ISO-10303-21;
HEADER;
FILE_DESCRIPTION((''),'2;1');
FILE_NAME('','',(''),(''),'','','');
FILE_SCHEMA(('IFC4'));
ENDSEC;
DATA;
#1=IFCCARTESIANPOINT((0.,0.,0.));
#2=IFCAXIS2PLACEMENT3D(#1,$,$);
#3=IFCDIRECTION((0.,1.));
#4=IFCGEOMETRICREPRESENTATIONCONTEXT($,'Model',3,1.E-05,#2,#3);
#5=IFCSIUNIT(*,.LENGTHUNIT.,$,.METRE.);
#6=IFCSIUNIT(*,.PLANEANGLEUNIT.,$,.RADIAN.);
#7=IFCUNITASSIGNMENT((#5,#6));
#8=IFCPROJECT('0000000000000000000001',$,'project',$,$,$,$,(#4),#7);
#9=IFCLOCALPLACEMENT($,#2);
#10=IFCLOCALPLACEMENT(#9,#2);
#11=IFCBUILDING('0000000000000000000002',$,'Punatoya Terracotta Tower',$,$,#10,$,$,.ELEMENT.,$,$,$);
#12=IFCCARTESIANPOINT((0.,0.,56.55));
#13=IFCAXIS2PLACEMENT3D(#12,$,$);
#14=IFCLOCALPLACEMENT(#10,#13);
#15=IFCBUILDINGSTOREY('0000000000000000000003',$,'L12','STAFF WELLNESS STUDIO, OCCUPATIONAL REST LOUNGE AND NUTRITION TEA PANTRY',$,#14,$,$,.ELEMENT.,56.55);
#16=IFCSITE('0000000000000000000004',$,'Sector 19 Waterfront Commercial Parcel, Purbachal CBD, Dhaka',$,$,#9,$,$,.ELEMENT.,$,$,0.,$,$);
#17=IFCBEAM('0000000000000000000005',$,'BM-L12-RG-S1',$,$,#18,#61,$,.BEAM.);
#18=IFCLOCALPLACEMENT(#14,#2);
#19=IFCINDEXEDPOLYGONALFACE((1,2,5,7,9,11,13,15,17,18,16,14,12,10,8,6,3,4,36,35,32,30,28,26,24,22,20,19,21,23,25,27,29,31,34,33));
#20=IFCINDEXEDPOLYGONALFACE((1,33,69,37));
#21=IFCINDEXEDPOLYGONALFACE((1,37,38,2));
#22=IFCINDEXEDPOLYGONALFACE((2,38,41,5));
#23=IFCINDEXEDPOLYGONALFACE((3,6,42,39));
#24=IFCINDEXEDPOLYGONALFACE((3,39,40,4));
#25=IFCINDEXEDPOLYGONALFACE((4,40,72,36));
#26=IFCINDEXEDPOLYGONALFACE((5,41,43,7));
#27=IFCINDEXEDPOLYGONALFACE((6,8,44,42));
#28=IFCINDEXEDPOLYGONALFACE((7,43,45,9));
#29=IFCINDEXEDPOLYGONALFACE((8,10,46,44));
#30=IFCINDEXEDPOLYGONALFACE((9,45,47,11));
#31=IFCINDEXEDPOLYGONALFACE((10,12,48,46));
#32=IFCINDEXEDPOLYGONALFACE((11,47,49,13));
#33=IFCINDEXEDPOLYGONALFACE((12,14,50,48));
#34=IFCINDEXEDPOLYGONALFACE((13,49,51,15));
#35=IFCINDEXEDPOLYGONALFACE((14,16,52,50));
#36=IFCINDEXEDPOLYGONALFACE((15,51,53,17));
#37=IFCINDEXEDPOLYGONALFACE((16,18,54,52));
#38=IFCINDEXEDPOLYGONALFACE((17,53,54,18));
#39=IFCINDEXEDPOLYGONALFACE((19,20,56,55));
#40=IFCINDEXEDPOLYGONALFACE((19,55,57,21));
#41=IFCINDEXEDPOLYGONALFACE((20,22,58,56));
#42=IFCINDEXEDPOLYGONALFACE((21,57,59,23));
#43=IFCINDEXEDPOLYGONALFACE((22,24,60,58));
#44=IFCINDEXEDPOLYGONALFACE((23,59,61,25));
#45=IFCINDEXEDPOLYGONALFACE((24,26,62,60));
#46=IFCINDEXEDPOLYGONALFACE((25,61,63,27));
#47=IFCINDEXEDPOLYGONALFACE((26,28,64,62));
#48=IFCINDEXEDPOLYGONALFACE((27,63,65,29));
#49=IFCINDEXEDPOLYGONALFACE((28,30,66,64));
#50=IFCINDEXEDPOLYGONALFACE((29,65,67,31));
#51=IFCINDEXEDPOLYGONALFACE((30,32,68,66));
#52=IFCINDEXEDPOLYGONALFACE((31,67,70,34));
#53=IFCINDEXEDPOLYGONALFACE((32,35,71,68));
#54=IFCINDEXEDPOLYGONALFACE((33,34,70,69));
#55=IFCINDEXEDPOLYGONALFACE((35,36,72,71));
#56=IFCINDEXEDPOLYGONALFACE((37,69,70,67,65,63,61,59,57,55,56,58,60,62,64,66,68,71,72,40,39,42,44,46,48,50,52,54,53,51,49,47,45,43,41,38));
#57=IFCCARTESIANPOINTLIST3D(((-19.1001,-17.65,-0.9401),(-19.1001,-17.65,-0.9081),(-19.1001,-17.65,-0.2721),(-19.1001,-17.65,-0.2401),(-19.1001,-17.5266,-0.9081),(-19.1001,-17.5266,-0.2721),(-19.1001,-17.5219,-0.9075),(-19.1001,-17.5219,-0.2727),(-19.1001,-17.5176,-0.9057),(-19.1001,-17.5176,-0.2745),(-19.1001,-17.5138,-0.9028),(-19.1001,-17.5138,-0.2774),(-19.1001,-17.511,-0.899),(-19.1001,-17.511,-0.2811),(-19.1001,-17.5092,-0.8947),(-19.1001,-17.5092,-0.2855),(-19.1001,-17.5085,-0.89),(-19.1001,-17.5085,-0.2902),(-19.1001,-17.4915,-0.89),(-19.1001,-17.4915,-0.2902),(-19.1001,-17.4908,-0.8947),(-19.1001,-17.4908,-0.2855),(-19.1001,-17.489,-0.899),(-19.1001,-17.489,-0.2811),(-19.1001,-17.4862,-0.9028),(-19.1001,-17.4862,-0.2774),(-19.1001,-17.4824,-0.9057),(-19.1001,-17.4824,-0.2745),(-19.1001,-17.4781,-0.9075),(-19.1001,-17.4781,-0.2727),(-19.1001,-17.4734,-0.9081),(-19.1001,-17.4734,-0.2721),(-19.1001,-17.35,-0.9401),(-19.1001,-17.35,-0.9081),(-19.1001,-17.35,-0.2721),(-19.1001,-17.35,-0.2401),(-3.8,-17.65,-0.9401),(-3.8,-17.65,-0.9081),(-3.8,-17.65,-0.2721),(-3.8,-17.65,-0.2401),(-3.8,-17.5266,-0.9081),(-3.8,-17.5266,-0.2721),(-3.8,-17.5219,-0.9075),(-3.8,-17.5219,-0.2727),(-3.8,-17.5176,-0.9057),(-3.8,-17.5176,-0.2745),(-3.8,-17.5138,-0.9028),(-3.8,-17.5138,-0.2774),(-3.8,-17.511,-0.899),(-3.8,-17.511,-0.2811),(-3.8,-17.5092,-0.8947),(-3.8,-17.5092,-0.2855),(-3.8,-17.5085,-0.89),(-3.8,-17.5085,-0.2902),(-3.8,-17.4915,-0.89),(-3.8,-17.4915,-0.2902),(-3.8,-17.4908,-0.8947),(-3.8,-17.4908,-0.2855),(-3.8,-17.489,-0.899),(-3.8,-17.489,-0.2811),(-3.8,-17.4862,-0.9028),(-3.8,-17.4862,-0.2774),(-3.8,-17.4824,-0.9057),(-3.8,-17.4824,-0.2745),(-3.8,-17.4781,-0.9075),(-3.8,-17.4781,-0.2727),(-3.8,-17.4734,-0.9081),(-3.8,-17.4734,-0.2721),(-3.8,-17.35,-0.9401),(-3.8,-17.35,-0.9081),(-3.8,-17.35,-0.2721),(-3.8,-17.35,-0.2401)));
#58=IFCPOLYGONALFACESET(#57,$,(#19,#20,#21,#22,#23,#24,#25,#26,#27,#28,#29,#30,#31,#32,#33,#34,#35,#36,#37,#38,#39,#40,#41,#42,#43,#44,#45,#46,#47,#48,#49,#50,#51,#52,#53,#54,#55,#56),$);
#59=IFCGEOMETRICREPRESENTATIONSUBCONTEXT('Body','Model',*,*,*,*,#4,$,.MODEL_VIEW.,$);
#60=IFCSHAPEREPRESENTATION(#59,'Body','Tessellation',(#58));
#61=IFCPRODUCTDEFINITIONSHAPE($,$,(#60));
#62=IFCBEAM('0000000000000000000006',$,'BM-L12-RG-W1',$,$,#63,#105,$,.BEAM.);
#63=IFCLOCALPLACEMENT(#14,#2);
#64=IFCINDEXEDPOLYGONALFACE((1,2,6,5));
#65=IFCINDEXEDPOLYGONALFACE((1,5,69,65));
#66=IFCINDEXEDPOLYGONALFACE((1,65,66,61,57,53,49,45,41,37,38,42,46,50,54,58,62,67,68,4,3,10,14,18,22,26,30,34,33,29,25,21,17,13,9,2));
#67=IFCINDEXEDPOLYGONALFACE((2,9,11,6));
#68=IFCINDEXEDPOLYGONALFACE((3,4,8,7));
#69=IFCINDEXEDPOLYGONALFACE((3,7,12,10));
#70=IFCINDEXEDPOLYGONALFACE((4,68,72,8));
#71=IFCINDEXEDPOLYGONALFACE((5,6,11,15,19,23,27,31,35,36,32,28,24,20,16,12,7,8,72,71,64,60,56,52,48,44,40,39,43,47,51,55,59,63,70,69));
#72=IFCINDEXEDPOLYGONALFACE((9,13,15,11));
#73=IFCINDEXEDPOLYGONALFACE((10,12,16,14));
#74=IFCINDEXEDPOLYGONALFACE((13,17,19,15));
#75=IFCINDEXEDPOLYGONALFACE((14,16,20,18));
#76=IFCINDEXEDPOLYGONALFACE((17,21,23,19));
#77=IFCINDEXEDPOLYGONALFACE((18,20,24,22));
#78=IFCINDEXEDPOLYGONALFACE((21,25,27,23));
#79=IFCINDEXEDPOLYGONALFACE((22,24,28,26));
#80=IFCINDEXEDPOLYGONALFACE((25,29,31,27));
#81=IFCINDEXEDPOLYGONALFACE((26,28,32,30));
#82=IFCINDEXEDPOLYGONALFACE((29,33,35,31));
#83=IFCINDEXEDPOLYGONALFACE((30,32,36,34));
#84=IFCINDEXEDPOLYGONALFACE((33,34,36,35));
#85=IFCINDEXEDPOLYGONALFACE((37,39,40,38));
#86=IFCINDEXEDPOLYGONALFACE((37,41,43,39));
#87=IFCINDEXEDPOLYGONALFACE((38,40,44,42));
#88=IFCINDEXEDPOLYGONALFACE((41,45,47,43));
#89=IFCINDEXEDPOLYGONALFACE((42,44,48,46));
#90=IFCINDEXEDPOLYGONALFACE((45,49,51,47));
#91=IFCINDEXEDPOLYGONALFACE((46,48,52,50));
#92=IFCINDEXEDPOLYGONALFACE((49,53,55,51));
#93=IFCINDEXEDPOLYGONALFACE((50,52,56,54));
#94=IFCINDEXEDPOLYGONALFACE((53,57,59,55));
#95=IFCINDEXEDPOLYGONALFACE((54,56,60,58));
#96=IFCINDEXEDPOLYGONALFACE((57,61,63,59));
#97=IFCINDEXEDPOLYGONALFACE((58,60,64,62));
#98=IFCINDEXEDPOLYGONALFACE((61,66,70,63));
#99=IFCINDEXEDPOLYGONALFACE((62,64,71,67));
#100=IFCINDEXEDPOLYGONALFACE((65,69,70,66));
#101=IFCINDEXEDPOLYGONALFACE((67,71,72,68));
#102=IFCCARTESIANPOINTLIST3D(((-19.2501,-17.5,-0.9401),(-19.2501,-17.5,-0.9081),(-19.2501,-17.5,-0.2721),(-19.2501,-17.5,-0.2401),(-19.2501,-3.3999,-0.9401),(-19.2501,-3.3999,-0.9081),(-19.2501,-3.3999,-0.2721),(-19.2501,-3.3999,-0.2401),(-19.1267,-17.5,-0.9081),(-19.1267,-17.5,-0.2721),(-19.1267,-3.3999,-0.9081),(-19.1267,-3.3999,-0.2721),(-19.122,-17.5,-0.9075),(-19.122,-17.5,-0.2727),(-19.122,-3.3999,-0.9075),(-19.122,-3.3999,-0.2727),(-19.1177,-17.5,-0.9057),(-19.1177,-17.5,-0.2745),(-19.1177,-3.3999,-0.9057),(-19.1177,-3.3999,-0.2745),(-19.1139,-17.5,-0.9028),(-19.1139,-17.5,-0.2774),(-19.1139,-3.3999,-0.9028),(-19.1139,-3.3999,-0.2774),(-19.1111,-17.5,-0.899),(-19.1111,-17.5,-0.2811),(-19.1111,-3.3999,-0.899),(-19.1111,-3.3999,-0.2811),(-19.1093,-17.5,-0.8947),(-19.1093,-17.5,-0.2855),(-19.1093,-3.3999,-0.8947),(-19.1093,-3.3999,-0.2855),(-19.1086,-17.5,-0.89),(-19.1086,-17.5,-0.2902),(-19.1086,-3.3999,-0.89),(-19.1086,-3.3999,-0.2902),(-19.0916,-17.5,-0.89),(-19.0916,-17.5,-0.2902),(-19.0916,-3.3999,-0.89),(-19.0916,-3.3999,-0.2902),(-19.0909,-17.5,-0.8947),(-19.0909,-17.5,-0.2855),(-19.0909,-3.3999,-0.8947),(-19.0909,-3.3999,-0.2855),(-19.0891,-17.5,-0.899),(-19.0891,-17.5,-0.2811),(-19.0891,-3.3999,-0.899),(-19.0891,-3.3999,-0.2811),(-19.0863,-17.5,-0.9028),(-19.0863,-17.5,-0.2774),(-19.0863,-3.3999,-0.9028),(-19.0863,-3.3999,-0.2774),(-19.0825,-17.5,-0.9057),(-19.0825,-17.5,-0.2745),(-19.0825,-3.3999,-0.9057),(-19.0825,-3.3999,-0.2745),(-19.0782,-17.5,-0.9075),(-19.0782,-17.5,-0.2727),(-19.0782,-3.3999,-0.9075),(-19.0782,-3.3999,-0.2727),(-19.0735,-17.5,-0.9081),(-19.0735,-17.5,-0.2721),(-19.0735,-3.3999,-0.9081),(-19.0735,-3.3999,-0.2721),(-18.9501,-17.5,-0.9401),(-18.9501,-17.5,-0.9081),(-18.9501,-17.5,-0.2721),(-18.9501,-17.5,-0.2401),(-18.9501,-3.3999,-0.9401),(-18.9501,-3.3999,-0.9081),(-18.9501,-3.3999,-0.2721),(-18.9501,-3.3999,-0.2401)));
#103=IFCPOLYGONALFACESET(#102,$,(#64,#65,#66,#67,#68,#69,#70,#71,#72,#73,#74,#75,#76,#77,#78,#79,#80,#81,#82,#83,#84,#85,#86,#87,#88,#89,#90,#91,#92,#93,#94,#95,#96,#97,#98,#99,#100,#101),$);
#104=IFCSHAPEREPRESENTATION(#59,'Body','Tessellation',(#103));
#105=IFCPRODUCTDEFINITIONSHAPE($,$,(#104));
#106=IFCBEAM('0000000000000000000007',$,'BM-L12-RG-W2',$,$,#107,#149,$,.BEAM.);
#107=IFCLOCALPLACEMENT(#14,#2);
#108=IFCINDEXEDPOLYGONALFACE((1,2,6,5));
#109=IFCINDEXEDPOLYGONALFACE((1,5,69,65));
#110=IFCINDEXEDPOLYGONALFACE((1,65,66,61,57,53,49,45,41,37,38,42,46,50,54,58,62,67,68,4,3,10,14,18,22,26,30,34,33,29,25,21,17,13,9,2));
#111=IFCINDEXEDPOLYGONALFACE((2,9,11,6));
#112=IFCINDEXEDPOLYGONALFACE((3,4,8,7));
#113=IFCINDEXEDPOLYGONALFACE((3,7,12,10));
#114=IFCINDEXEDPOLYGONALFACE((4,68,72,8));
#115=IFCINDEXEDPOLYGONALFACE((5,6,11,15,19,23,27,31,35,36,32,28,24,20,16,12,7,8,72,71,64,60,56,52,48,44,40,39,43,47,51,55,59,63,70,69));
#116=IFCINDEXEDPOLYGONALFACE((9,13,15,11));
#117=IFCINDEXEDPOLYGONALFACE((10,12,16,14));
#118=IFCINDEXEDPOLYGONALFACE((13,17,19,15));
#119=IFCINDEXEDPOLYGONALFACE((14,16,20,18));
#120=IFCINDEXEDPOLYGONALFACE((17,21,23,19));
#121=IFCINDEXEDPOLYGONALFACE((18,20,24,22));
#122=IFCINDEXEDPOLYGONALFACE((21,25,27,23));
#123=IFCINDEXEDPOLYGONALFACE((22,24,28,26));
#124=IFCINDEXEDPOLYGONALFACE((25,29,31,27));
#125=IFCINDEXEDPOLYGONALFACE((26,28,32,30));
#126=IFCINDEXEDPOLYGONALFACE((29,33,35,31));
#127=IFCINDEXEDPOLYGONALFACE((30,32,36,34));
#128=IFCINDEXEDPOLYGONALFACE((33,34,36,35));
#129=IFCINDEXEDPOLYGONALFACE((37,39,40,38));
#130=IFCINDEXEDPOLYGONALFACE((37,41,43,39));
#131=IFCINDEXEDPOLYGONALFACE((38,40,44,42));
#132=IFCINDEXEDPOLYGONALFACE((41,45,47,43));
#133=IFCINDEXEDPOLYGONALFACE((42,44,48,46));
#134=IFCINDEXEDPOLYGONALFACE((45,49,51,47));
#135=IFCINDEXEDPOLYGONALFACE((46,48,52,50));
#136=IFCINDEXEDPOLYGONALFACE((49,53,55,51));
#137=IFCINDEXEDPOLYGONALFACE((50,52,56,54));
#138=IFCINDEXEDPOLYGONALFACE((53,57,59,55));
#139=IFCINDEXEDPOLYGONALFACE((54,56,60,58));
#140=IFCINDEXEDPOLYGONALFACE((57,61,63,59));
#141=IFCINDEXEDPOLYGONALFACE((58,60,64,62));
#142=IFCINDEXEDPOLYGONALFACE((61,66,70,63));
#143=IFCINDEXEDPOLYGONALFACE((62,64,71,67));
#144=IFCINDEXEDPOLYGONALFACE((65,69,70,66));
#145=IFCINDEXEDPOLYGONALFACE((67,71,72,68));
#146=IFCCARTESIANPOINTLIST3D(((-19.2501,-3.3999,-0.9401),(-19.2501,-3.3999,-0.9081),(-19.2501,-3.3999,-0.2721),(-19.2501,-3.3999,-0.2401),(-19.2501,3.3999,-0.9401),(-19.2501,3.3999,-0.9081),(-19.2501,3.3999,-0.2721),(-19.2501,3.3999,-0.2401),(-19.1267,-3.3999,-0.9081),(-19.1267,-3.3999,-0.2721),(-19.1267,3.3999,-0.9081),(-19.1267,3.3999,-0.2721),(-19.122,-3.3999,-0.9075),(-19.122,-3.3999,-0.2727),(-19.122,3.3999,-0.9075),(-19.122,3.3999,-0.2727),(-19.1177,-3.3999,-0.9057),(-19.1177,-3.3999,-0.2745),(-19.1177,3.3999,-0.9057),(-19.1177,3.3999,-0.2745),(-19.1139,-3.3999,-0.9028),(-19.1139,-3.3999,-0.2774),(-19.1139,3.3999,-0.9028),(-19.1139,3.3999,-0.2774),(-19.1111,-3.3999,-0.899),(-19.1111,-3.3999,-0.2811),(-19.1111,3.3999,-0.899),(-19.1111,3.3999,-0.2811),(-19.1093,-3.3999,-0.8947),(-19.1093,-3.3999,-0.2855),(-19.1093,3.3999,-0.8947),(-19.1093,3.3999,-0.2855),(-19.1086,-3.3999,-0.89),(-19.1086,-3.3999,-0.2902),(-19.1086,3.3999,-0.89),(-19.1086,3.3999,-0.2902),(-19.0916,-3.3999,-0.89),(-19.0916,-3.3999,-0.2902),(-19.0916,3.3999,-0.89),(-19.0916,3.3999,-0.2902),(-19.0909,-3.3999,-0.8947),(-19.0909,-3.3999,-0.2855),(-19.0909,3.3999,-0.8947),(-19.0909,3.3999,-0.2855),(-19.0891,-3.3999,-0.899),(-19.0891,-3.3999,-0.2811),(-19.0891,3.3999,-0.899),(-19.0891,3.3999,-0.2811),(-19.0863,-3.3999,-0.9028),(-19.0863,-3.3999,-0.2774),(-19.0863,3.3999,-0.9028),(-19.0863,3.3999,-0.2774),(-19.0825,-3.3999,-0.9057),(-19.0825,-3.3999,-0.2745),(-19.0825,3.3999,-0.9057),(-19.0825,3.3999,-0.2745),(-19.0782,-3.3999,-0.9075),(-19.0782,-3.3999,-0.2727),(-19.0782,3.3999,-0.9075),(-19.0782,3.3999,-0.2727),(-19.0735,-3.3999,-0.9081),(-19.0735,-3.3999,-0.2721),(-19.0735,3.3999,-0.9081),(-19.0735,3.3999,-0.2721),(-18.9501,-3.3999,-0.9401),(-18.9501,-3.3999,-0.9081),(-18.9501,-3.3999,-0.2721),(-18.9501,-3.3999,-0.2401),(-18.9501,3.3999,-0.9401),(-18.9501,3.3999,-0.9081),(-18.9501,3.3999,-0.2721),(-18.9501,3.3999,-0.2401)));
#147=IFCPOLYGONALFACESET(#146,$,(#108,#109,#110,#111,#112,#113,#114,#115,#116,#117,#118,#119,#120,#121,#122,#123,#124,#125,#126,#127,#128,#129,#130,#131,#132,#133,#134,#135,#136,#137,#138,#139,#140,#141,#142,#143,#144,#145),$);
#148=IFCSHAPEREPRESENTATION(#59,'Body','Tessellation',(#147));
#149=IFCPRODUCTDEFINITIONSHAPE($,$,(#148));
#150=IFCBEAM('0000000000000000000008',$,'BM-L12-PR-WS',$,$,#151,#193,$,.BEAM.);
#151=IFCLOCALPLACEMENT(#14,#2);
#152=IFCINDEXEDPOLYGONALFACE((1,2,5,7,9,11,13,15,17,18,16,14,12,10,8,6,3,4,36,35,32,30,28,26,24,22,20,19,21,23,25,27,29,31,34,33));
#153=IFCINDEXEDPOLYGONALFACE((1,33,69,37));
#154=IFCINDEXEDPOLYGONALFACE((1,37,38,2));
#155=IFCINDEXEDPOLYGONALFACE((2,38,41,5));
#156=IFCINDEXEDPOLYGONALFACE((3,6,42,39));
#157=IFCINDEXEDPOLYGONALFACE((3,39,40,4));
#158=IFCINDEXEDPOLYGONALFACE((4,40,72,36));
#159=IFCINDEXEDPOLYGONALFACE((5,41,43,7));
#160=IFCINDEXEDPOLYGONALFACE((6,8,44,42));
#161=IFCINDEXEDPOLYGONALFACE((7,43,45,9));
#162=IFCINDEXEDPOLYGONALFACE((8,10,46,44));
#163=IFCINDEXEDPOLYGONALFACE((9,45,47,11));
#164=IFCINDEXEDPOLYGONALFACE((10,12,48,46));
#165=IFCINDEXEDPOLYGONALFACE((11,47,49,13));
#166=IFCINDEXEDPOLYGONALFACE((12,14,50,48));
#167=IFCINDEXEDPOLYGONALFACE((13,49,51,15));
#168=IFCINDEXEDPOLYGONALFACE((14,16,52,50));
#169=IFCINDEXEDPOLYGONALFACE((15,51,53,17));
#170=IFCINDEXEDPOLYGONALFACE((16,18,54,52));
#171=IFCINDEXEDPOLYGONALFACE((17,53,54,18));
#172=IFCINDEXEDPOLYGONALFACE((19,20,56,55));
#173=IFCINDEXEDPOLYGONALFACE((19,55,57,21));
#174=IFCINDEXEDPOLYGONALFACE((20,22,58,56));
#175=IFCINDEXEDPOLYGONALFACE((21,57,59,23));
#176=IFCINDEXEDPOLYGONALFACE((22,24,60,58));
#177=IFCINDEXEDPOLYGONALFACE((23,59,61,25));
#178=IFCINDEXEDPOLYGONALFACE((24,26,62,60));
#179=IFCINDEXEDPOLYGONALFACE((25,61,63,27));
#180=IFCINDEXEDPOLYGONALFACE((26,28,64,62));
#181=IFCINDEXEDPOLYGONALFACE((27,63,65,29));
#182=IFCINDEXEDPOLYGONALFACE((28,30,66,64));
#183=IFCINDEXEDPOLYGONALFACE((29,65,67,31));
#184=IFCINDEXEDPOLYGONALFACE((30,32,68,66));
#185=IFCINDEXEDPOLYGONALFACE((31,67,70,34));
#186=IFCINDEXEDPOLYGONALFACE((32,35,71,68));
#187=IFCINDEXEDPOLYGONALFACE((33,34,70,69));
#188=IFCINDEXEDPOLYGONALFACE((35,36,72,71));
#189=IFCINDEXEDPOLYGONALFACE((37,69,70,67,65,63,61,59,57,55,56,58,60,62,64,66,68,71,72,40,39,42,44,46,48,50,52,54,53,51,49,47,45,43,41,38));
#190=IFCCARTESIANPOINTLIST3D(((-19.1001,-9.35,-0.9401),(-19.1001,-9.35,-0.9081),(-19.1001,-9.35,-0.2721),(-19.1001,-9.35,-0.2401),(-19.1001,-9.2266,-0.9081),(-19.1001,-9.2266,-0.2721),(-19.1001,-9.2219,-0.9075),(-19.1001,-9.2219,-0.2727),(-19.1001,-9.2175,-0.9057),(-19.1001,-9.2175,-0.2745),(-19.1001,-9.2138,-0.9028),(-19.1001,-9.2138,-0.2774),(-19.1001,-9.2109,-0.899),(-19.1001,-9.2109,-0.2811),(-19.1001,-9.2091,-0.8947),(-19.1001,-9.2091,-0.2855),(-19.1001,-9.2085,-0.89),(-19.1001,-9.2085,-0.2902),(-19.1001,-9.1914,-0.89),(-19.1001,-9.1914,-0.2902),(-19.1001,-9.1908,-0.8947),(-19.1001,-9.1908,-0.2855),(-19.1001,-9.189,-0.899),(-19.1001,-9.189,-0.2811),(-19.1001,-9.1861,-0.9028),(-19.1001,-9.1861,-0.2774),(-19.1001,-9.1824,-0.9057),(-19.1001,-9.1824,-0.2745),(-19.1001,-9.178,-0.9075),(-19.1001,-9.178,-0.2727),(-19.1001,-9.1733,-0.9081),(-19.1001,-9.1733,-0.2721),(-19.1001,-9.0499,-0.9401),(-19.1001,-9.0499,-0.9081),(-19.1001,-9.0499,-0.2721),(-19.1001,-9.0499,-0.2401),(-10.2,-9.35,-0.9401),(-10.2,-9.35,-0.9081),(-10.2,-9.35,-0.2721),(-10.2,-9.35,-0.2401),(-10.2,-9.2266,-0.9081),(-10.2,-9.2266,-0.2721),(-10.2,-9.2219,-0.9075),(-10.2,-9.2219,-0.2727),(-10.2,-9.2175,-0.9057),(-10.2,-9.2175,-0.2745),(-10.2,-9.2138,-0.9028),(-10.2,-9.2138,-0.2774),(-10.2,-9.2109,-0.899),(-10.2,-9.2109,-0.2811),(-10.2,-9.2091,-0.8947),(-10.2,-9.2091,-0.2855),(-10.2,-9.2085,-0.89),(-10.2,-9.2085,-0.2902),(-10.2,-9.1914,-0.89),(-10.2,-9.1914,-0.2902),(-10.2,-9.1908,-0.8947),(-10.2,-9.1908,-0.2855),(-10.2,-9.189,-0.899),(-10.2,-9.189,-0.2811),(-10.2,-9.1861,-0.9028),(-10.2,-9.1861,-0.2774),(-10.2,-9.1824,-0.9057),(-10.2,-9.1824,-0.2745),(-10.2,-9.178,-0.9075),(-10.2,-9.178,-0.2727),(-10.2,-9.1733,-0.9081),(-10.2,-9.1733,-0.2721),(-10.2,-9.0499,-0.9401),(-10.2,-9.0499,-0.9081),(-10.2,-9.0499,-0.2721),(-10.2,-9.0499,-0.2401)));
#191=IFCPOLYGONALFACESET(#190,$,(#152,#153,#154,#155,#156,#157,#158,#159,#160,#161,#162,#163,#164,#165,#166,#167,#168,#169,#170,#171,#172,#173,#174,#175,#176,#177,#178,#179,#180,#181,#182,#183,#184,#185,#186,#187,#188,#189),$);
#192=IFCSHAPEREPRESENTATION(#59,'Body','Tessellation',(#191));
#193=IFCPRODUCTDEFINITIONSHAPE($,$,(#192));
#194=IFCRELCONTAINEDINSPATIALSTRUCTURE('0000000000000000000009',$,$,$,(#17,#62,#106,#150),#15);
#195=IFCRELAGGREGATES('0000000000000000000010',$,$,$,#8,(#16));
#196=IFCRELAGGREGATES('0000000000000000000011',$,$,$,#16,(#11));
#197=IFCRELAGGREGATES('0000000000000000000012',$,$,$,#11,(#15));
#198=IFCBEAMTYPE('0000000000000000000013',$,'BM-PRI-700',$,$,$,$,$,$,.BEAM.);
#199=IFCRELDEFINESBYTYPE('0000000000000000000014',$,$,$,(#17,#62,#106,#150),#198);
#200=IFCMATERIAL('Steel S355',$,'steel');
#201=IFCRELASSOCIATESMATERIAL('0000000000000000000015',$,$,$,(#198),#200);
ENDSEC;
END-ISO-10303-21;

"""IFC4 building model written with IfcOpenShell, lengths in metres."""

from ifc_helpers import new_model, si_unit, direction, frame, origin, origin_2d, place, context, subcontext, project, spatial, i_section, extrude, material, material_profile, profile_set, type_object, element, save


model = new_model("IFC4")

# Units and contexts
model_context = context("Model", 3, precision=1e-05, world=origin(), true_north=direction((0.0, 1.0)))
body_context = subcontext(model_context, "Body", "Model", "MODEL_VIEW")
ifc_project = project(units=[si_unit("LENGTHUNIT", "METRE"), si_unit("PLANEANGLEUNIT", "RADIAN")], contexts=[model_context])

# Site, building, storey
site_placement = place(None, origin())
site = spatial("IfcSite", under=ifc_project, at=site_placement, Name="Sector 19 Waterfront Commercial Parcel, Purbachal CBD, Dhaka", CompositionType="ELEMENT", RefElevation=0.0)
building_placement = place(site_placement, origin())
building = spatial("IfcBuilding", under=site, at=building_placement, Name="Punatoya Terracotta Tower", CompositionType="ELEMENT")
storey_placement = place(building_placement, frame((0.0, 0.0, 56.55)))
storey = spatial("IfcBuildingStorey", under=building, at=storey_placement, Name="L12", Description="STAFF WELLNESS STUDIO, OCCUPATIONAL REST LOUNGE AND NUTRITION TEA PANTRY", CompositionType="ELEMENT", Elevation=56.55)

# Beams
ifc_material_1 = material(Name="Steel S355", Category="steel")
ifc_material_profile_1 = material_profile(ifc_material_1, i_section(OverallWidth=0.3, OverallDepth=0.7, WebThickness=0.0171, FlangeThickness=0.032, FilletRadius=0.0181, at=origin_2d()))
ifc_profile_set_1 = profile_set([ifc_material_profile_1], Name="Steel S355")
beam_type_1 = type_object("IfcBeamType", Name="BM-PRI-700", PredefinedType="BEAM", material=ifc_profile_set_1)
beam_1_placement = place(storey_placement, frame((-19.1001, -17.5, -0.5901), z_axis=(1.0, 0.0, 0.0), x_axis=(0.0, 1.0, 0.0)))
element("IfcBeam", 1, at=beam_1_placement, inside=storey, type_object=beam_type_1, Name="BM-L12-RG-S1", PredefinedType="BEAM", context=body_context, shape_type="SweptSolid", body=[
    extrude(i_section(OverallWidth=0.3, OverallDepth=0.7, WebThickness=0.0171, FlangeThickness=0.032, FilletRadius=0.0181, at=origin_2d()), origin(), (0.0, 0.0, 1.0), 15.3),
])
beam_2_placement = place(storey_placement, frame((-19.1001, -17.5, -0.5901), z_axis=(0.0, 1.0, 0.0), x_axis=(-1.0, 0.0, 0.0)))
element("IfcBeam", 2, at=beam_2_placement, inside=storey, type_object=beam_type_1, Name="BM-L12-RG-W1", PredefinedType="BEAM", context=body_context, shape_type="SweptSolid", body=[
    extrude(i_section(OverallWidth=0.3, OverallDepth=0.7, WebThickness=0.0171, FlangeThickness=0.032, FilletRadius=0.0181, at=origin_2d()), origin(), (0.0, 0.0, 1.0), 14.1001),
])
beam_3_placement = place(storey_placement, frame((-19.1001, -3.3999, -0.5901), z_axis=(0.0, 1.0, 0.0), x_axis=(-1.0, 0.0, 0.0)))
element("IfcBeam", 3, at=beam_3_placement, inside=storey, type_object=beam_type_1, Name="BM-L12-RG-W2", PredefinedType="BEAM", context=body_context, shape_type="SweptSolid", body=[
    extrude(i_section(OverallWidth=0.3, OverallDepth=0.7, WebThickness=0.0171, FlangeThickness=0.032, FilletRadius=0.0181, at=origin_2d()), origin(), (0.0, 0.0, 1.0), 6.7998),
])
for number, where, z_axis, x_axis, name in (
    (4, (-19.1001, -9.2, -0.5901), (1.0, 0.0, 0.0), (0.0, 1.0, 0.0), "BM-L12-PR-WS"),
):
    element("IfcBeam", number, at=place(storey_placement, frame(where, z_axis=z_axis, x_axis=x_axis)), inside=storey, type_object=beam_type_1, Name=name, PredefinedType="BEAM", context=body_context, shape_type="SweptSolid", body=[
        extrude(i_section(OverallWidth=0.3, OverallDepth=0.7, WebThickness=0.0171, FlangeThickness=0.032, FilletRadius=0.0181, at=origin_2d()), origin(), (0.0, 0.0, 1.0), 8.9001),
    ])

save(model, "model.ifc")
